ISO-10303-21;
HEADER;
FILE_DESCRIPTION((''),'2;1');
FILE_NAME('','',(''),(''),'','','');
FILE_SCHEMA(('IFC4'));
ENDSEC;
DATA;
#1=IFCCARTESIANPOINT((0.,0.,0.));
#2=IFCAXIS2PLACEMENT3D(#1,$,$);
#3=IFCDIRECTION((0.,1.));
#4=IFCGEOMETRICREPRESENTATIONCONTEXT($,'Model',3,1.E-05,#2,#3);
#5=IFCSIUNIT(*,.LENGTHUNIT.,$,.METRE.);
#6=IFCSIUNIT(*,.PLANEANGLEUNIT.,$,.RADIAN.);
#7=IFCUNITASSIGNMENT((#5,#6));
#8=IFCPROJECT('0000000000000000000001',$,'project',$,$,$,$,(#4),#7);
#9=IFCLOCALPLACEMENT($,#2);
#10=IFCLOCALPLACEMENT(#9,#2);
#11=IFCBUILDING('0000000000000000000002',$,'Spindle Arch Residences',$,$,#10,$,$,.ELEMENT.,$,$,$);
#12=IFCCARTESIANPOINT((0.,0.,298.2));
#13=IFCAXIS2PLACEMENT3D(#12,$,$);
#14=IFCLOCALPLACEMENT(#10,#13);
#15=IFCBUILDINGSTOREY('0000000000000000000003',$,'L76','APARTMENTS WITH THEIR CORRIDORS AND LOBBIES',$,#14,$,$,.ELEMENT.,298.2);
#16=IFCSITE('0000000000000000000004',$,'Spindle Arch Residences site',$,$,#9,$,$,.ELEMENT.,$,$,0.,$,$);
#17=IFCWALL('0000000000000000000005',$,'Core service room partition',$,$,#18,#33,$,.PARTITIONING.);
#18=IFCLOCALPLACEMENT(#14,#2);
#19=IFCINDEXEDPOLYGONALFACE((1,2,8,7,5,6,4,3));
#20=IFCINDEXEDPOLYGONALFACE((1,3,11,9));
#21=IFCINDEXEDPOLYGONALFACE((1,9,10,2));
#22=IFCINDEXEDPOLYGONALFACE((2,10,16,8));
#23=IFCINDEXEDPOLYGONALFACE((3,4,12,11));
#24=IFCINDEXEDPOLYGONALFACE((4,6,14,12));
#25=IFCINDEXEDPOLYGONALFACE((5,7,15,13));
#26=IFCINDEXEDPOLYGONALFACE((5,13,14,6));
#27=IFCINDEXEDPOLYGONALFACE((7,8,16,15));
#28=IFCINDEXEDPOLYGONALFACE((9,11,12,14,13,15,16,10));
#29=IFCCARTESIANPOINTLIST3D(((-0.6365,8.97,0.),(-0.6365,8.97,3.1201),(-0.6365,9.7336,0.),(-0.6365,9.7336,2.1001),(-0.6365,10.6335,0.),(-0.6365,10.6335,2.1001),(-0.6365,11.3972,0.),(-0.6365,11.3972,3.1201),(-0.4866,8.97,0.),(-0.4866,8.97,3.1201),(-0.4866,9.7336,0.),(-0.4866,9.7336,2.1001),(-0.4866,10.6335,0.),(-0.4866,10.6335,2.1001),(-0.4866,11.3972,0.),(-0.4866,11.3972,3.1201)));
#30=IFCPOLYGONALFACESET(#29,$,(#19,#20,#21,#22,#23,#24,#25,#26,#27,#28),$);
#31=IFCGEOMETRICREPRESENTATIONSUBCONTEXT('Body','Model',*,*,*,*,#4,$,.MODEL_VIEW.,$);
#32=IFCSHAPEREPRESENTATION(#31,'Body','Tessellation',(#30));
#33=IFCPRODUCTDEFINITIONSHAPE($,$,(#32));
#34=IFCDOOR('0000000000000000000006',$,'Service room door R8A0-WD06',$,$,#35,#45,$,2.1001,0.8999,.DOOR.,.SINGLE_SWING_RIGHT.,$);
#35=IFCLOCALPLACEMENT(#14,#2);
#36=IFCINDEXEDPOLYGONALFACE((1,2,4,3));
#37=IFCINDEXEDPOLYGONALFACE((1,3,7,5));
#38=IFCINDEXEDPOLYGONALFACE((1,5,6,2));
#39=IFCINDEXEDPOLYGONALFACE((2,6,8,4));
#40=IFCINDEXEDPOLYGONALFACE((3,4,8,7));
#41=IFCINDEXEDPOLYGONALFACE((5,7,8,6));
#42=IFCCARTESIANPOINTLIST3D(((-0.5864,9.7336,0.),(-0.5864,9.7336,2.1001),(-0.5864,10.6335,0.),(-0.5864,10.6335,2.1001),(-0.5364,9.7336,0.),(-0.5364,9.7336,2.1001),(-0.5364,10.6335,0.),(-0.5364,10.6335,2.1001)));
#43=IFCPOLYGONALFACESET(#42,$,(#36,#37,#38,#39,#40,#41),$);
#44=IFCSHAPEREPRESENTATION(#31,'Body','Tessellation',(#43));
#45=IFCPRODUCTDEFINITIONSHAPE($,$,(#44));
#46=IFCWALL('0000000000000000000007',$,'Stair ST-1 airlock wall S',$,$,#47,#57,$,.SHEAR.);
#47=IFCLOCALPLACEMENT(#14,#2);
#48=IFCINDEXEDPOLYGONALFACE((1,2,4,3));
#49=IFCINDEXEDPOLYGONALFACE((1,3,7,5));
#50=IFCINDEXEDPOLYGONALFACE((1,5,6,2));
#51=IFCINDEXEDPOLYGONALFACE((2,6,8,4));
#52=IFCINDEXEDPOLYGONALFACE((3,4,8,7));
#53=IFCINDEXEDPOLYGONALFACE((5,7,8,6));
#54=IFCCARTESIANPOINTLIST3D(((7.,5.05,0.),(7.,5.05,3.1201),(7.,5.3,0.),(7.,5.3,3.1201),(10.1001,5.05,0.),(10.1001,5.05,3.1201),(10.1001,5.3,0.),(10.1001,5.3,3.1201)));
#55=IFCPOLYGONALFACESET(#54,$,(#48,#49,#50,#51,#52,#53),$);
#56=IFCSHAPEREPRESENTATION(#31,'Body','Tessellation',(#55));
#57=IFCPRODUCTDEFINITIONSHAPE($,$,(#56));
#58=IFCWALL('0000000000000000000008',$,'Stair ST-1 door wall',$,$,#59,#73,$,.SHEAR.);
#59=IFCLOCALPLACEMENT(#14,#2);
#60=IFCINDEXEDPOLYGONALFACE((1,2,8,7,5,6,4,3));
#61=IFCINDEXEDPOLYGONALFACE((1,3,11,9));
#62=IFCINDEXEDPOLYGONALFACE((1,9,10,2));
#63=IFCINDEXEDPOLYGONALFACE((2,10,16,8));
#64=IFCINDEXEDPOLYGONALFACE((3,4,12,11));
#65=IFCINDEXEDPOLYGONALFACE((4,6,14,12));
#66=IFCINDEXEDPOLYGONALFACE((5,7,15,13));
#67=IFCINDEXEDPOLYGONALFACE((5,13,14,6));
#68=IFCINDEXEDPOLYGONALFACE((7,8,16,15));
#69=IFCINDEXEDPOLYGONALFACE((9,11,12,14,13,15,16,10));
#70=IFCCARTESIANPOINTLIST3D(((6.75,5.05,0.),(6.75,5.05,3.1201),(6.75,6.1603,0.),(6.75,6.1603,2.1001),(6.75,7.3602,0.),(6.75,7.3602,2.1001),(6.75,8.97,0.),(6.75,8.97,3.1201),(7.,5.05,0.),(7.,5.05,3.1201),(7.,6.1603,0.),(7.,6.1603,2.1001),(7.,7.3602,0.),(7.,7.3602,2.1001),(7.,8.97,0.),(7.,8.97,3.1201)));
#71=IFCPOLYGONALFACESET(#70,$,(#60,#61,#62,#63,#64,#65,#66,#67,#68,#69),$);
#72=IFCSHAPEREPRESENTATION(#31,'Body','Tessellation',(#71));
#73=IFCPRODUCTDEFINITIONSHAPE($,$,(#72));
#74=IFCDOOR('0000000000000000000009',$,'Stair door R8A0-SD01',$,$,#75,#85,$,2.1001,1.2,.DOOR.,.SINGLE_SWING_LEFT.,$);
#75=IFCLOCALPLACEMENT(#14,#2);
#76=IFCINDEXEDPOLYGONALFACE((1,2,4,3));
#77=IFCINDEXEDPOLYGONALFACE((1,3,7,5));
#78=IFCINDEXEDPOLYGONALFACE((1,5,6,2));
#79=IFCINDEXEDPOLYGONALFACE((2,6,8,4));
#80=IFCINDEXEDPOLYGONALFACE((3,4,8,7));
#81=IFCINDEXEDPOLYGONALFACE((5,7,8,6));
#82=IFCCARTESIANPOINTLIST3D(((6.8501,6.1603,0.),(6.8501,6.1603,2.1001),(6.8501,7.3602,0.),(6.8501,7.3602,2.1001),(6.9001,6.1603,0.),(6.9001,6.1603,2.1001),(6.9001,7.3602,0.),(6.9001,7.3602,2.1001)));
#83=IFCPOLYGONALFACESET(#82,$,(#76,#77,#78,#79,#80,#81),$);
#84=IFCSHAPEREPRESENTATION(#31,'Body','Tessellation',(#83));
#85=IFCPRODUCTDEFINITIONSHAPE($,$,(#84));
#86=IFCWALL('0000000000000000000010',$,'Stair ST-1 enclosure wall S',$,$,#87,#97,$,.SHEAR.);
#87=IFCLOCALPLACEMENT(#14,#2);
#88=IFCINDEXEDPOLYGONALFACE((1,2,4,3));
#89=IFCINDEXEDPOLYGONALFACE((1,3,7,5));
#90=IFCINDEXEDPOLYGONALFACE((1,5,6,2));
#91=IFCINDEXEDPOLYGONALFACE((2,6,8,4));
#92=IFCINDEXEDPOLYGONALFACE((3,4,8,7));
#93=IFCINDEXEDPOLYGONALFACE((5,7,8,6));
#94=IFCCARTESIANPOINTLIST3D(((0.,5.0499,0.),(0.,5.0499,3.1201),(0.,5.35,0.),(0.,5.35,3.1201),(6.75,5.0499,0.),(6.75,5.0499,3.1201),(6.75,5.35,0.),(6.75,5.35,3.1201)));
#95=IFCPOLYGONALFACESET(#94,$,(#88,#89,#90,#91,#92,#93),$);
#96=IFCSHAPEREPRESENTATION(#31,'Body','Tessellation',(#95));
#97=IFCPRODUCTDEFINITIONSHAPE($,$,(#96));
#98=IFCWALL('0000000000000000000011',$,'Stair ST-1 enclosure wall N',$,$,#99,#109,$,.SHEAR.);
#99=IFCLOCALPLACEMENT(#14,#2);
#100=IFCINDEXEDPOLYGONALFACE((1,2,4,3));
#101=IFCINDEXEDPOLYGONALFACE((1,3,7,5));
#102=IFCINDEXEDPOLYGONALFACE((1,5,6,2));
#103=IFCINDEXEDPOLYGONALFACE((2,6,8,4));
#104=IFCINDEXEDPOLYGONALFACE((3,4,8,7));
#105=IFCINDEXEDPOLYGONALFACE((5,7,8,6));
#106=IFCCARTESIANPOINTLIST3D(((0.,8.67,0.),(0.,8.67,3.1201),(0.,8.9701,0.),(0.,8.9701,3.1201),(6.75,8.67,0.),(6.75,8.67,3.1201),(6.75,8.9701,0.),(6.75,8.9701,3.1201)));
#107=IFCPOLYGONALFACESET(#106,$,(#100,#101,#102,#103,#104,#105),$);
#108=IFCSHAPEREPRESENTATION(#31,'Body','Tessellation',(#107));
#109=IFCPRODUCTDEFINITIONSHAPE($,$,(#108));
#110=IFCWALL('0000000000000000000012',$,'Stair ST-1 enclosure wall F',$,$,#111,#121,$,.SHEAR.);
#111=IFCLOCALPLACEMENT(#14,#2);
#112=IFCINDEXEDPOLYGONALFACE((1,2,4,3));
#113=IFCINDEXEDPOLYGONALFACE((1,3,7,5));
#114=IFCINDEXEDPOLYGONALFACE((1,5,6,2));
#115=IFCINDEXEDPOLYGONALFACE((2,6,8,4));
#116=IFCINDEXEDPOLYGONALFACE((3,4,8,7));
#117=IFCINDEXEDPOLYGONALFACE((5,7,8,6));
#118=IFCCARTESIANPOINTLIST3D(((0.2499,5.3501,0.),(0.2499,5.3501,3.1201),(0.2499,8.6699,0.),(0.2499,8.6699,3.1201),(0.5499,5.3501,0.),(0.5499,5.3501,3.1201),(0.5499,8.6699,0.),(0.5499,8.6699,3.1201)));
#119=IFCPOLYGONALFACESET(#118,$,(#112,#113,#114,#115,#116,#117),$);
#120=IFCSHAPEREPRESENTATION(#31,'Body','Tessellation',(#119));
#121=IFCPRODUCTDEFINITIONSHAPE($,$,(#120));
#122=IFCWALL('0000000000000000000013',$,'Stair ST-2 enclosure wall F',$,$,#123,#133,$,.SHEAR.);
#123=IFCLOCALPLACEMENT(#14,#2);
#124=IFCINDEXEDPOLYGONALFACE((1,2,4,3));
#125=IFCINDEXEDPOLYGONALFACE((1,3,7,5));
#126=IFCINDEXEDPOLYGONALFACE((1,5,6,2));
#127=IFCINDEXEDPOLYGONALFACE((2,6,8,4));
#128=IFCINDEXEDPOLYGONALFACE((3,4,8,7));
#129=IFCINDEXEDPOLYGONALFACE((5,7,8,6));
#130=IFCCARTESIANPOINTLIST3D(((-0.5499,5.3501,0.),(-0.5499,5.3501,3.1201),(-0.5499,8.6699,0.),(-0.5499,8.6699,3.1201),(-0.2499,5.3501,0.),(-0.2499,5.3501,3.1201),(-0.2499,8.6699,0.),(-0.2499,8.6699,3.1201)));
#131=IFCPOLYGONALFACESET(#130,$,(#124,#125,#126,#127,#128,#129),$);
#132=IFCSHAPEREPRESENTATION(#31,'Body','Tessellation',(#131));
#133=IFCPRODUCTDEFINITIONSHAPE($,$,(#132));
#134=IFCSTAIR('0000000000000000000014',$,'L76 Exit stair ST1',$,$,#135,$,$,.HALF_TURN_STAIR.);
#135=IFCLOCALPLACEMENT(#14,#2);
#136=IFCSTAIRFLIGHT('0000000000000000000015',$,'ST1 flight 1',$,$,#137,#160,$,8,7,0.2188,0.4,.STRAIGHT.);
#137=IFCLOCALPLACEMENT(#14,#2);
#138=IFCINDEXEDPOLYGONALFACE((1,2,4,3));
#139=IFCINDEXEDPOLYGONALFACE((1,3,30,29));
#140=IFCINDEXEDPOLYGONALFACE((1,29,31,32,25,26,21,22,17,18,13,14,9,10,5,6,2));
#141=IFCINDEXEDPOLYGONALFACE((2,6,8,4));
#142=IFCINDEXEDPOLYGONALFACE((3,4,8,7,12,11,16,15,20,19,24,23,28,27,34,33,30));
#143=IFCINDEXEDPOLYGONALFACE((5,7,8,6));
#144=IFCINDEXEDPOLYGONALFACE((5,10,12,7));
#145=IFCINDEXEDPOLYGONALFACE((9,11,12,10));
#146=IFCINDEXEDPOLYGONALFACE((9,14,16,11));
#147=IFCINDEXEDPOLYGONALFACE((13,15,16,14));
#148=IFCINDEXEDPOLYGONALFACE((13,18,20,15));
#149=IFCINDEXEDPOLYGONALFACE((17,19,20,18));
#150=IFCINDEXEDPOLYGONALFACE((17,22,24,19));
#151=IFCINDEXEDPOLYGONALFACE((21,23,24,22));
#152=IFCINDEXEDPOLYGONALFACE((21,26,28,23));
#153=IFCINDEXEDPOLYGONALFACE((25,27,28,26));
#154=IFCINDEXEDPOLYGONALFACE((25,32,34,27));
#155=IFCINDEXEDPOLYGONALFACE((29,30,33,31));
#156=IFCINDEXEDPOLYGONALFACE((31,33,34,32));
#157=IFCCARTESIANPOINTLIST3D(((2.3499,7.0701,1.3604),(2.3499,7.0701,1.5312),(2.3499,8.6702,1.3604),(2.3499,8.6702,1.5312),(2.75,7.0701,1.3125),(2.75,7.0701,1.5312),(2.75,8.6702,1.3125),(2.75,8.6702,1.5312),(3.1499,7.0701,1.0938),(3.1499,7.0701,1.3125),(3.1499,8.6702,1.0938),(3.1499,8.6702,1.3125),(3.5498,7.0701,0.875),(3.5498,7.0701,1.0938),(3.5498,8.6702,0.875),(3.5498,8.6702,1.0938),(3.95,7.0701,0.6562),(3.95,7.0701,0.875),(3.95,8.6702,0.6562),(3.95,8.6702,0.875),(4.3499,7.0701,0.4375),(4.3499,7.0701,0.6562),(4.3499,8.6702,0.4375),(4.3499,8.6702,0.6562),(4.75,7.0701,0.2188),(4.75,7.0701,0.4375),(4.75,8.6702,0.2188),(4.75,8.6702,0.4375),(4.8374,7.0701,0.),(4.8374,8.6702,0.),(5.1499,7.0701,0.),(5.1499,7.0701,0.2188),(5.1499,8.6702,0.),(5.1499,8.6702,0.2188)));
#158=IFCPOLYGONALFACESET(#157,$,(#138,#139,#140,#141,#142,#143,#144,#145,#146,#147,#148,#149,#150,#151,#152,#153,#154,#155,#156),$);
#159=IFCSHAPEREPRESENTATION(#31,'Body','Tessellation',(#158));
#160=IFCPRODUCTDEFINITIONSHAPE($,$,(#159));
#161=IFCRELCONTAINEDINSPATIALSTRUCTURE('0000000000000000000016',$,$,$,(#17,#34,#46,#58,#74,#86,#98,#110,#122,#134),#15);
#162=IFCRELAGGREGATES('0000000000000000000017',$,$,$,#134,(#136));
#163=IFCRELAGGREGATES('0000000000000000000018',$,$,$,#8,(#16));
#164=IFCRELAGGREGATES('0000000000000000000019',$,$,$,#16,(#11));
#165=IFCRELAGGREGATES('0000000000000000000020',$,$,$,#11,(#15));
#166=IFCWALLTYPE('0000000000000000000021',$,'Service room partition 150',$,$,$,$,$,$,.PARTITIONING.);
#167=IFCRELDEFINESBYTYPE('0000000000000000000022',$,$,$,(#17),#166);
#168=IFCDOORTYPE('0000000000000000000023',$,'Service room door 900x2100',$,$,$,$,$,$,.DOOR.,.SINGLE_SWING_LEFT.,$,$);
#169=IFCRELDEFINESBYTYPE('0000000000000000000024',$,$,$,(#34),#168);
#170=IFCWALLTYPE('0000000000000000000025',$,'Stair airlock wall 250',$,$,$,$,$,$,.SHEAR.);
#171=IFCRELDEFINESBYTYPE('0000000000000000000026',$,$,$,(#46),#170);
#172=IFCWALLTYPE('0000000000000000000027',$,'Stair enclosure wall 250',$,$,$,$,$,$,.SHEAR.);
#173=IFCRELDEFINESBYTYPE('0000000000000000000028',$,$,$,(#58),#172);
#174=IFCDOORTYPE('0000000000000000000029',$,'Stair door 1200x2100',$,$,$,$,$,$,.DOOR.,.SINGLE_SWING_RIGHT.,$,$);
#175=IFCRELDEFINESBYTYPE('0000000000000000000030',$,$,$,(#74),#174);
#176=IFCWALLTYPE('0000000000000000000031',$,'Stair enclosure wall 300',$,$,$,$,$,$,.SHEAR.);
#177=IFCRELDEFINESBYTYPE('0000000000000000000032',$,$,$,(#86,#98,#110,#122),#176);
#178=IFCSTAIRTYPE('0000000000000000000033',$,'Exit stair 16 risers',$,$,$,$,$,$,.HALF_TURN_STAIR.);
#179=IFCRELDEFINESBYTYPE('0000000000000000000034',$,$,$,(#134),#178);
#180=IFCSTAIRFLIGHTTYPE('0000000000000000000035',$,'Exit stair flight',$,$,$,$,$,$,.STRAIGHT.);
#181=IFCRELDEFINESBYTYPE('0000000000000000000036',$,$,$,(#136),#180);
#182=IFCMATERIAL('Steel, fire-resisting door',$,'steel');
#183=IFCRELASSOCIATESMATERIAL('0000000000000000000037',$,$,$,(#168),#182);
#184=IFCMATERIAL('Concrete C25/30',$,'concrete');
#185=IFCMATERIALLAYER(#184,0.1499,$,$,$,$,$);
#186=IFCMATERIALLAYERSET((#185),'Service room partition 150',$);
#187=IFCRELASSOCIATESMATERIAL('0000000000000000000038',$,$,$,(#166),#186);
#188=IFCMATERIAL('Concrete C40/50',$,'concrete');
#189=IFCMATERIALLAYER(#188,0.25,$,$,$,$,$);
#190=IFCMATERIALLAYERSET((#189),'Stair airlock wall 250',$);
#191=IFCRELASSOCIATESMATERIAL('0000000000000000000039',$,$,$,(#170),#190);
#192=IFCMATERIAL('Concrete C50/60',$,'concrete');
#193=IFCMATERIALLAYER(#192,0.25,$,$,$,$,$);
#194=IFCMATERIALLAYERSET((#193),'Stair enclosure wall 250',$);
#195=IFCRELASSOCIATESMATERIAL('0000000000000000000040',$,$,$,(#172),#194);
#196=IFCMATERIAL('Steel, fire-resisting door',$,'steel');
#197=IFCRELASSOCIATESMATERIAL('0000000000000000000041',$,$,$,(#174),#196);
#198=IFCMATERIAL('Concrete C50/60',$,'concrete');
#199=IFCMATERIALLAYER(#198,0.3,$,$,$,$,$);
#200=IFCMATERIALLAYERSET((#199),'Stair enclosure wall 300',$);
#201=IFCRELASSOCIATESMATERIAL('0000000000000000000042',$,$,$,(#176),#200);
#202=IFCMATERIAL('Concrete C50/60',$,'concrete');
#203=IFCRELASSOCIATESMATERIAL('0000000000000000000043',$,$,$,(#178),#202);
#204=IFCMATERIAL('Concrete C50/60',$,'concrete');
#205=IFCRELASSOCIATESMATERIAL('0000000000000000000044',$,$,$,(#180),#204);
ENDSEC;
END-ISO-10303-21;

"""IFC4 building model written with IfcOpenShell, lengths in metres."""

from ifc_helpers import new_model, si_unit, direction, frame, frame_2d, origin, place, context, subcontext, project, spatial, polyline, rectangle, outline, extrude, material, layer, layer_set, type_object, element, fill, aggregate, save


model = new_model("IFC4")

# Units and contexts
model_context = context("Model", 3, precision=1e-05, world=origin(), true_north=direction((0.0, 1.0)))
body_context = subcontext(model_context, "Body", "Model", "MODEL_VIEW")
ifc_project = project(units=[si_unit("LENGTHUNIT", "METRE"), si_unit("PLANEANGLEUNIT", "RADIAN")], contexts=[model_context])

# Site, building, storey
site_placement = place(None, origin())
site = spatial("IfcSite", under=ifc_project, at=site_placement, Name="Spindle Arch Residences site", CompositionType="ELEMENT", RefElevation=0.0)
building_placement = place(site_placement, origin())
building = spatial("IfcBuilding", under=site, at=building_placement, Name="Spindle Arch Residences", CompositionType="ELEMENT")
storey_placement = place(building_placement, frame((0.0, 0.0, 298.2)))
storey = spatial("IfcBuildingStorey", under=building, at=storey_placement, Name="L76", Description="APARTMENTS WITH THEIR CORRIDORS AND LOBBIES", CompositionType="ELEMENT", Elevation=298.2)

# Shared definitions
ifc_material_1 = material(Name="Steel, fire-resisting door", Category="steel")
door_type_1 = type_object("IfcDoorType", Name="Service room door 900x2100", OperationType="SINGLE_SWING_LEFT", PredefinedType="DOOR", material=ifc_material_1)

# Wall, opening, door
ifc_material_2 = material(Name="Concrete C25/30", Category="concrete")
ifc_layer_1 = layer(ifc_material_2, 0.1499)
ifc_layer_set_1 = layer_set([ifc_layer_1], Name="Service room partition 150")
wall_type_1 = type_object("IfcWallType", Name="Service room partition 150", PredefinedType="PARTITIONING", material=ifc_layer_set_1)
wall_1_placement = place(storey_placement, frame((-0.5615, 8.97, 0.0), z_axis=(0.0, 0.0, 1.0), x_axis=(0.0, 1.0, 0.0)))
wall_1 = element("IfcWall", 1, at=wall_1_placement, inside=storey, type_object=wall_type_1, Name="Core service room partition", PredefinedType="PARTITIONING", context=body_context, shape_type="SweptSolid", body=[
    extrude(rectangle(XDim=2.4272, YDim=0.1499, at=frame_2d((1.2136, 0.0))), origin(), (0.0, 0.0, 1.0), 3.1201),
])
opening_1_placement = place(wall_1_placement, frame((0.7637, 0.0, 0.0)))
opening_1 = element("IfcOpeningElement", 2, at=opening_1_placement, cuts=wall_1, PredefinedType="OPENING", context=body_context, shape_type="SweptSolid", body=[
    extrude(rectangle(XDim=0.8999, YDim=2.1001, at=frame_2d((0.45, 1.05))), frame((0.0, 0.085, 0.0), z_axis=(0.0, -1.0, 0.0), x_axis=(1.0, 0.0, 0.0)), (0.0, 0.0, 1.0), 0.1699),
])
door_1_placement = place(opening_1_placement, origin())
door_1 = element("IfcDoor", 3, at=door_1_placement, inside=storey, type_object=door_type_1, Name="Service room door R8A0-WD06", OperationType="SINGLE_SWING_RIGHT", OverallHeight=2.1001, OverallWidth=0.8999, PredefinedType="DOOR", context=body_context, shape_type="SweptSolid", body=[
    extrude(rectangle(XDim=0.8999, YDim=2.1001, at=frame_2d((0.45, 1.05))), frame((0.0, 0.0249, 0.0), z_axis=(0.0, -1.0, 0.0), x_axis=(1.0, 0.0, 0.0)), (0.0, 0.0, 1.0), 0.05),
])
fill(opening_1, door_1)

# Wall
ifc_material_3 = material(Name="Concrete C40/50", Category="concrete")
ifc_layer_2 = layer(ifc_material_3, 0.25)
ifc_layer_set_2 = layer_set([ifc_layer_2], Name="Stair airlock wall 250")
wall_type_2 = type_object("IfcWallType", Name="Stair airlock wall 250", PredefinedType="SHEAR", material=ifc_layer_set_2)
wall_2_placement = place(storey_placement, frame((7.0, 5.175, 0.0), z_axis=(0.0, 0.0, 1.0), x_axis=(1.0, 0.0, 0.0)))
element("IfcWall", 4, at=wall_2_placement, inside=storey, type_object=wall_type_2, Name="Stair ST-1 airlock wall S", PredefinedType="SHEAR", context=body_context, shape_type="SweptSolid", body=[
    extrude(rectangle(XDim=3.1001, YDim=0.25, at=frame_2d((1.55, 0.0))), origin(), (0.0, 0.0, 1.0), 3.1201),
])

# Wall, opening, door
ifc_material_4 = material(Name="Concrete C50/60", Category="concrete")
ifc_layer_3 = layer(ifc_material_4, 0.25)
ifc_layer_set_3 = layer_set([ifc_layer_3], Name="Stair enclosure wall 250")
wall_type_3 = type_object("IfcWallType", Name="Stair enclosure wall 250", PredefinedType="SHEAR", material=ifc_layer_set_3)
wall_3_placement = place(storey_placement, frame((6.875, 5.05, 0.0), z_axis=(0.0, 0.0, 1.0), x_axis=(0.0, 1.0, 0.0)))
wall_3 = element("IfcWall", 5, at=wall_3_placement, inside=storey, type_object=wall_type_3, Name="Stair ST-1 door wall", PredefinedType="SHEAR", context=body_context, shape_type="SweptSolid", body=[
    extrude(rectangle(XDim=3.9199, YDim=0.25, at=frame_2d((1.96, 0.0))), origin(), (0.0, 0.0, 1.0), 3.1201),
])
opening_2_placement = place(wall_3_placement, frame((1.1101, 0.0, 0.0)))
opening_2 = element("IfcOpeningElement", 6, at=opening_2_placement, cuts=wall_3, PredefinedType="OPENING", context=body_context, shape_type="SweptSolid", body=[
    extrude(rectangle(XDim=1.2, YDim=2.1001, at=frame_2d((0.6001, 1.05))), frame((0.0, 0.135, 0.0), z_axis=(0.0, -1.0, 0.0), x_axis=(1.0, 0.0, 0.0)), (0.0, 0.0, 1.0), 0.27),
])
ifc_material_5 = material(Name="Steel, fire-resisting door", Category="steel")
door_type_2 = type_object("IfcDoorType", Name="Stair door 1200x2100", OperationType="SINGLE_SWING_RIGHT", PredefinedType="DOOR", material=ifc_material_5)
door_2_placement = place(opening_2_placement, origin())
door_2 = element("IfcDoor", 7, at=door_2_placement, inside=storey, type_object=door_type_2, Name="Stair door R8A0-SD01", OperationType="SINGLE_SWING_LEFT", OverallHeight=2.1001, OverallWidth=1.2, PredefinedType="DOOR", context=body_context, shape_type="SweptSolid", body=[
    extrude(rectangle(XDim=1.2, YDim=2.1001, at=frame_2d((0.6001, 1.05))), frame((0.0, 0.0249, 0.0), z_axis=(0.0, -1.0, 0.0), x_axis=(1.0, 0.0, 0.0)), (0.0, 0.0, 1.0), 0.05),
])
fill(opening_2, door_2)

# Walls
ifc_material_6 = material(Name="Concrete C50/60", Category="concrete")
ifc_layer_4 = layer(ifc_material_6, 0.3)
ifc_layer_set_4 = layer_set([ifc_layer_4], Name="Stair enclosure wall 300")
wall_type_4 = type_object("IfcWallType", Name="Stair enclosure wall 300", PredefinedType="SHEAR", material=ifc_layer_set_4)
for number, where, z_axis, x_axis, name in (
    (8, (0.0, 5.2, 0.0), (0.0, 0.0, 1.0), (1.0, 0.0, 0.0), "Stair ST-1 enclosure wall S"),
    (9, (0.0, 8.8201, 0.0), (0.0, 0.0, 1.0), (1.0, 0.0, 0.0), "Stair ST-1 enclosure wall N"),
):
    element("IfcWall", number, at=place(storey_placement, frame(where, z_axis=z_axis, x_axis=x_axis)), inside=storey, type_object=wall_type_4, Name=name, PredefinedType="SHEAR", context=body_context, shape_type="SweptSolid", body=[
        extrude(rectangle(XDim=6.75, YDim=0.3, at=frame_2d((3.375, 0.0))), origin(), (0.0, 0.0, 1.0), 3.1201),
    ])
for number, where, z_axis, x_axis, name in (
    (10, (0.3999, 5.3501, 0.0), (0.0, 0.0, 1.0), (0.0, 1.0, 0.0), "Stair ST-1 enclosure wall F"),
    (11, (-0.3999, 5.3501, 0.0), (0.0, 0.0, 1.0), (0.0, 1.0, 0.0), "Stair ST-2 enclosure wall F"),
):
    element("IfcWall", number, at=place(storey_placement, frame(where, z_axis=z_axis, x_axis=x_axis)), inside=storey, type_object=wall_type_4, Name=name, PredefinedType="SHEAR", context=body_context, shape_type="SweptSolid", body=[
        extrude(rectangle(XDim=3.3198, YDim=0.3, at=frame_2d((1.6599, 0.0))), origin(), (0.0, 0.0, 1.0), 3.1201),
    ])

# Stair, stair flight
ifc_material_7 = material(Name="Concrete C50/60", Category="concrete")
stair_type = type_object("IfcStairType", Name="Exit stair 16 risers", PredefinedType="HALF_TURN_STAIR", material=ifc_material_7)
stair_placement = place(storey_placement, origin())
stair = element("IfcStair", 12, at=stair_placement, inside=storey, type_object=stair_type, Name="L76 Exit stair ST1", PredefinedType="HALF_TURN_STAIR")
ifc_material_8 = material(Name="Concrete C50/60", Category="concrete")
stair_flight_type = type_object("IfcStairFlightType", Name="Exit stair flight", PredefinedType="STRAIGHT", material=ifc_material_8)
stair_flight_1_placement = place(storey_placement, frame((5.1499, 7.8701, 0.0), z_axis=(0.0, 0.0, 1.0), x_axis=(-1.0, 0.0, 0.0)))
stair_flight_1 = element("IfcStairFlight", 13, at=stair_flight_1_placement, type_object=stair_flight_type, Name="ST1 flight 1", NumberOfRisers=8, NumberOfTreads=7, PredefinedType="STRAIGHT", RiserHeight=0.2188, TreadLength=0.4, context=body_context, shape_type="SweptSolid", body=[
    extrude(outline(polyline([(0.0, 0.0), (0.0, 0.2188), (0.3999, 0.2188), (0.3999, 0.4375), (0.8, 0.4375), (0.8, 0.6562), (1.2, 0.6562), (1.2, 0.875), (1.6001, 0.875), (1.6001, 1.0938), (2.0, 1.0938), (2.0, 1.3125), (2.3999, 1.3125), (2.3999, 1.5312), (2.8, 1.5312), (2.8, 1.75), (2.8, 1.3604), (0.3125, 0.0), (0.0, 0.0)])), frame((0.0, 0.8, 0.0), z_axis=(0.0, -1.0, 0.0), x_axis=(1.0, 0.0, 0.0)), (0.0, 0.0, 1.0), 1.6001),
])
aggregate(stair, [stair_flight_1])

save(model, "model.ifc")
